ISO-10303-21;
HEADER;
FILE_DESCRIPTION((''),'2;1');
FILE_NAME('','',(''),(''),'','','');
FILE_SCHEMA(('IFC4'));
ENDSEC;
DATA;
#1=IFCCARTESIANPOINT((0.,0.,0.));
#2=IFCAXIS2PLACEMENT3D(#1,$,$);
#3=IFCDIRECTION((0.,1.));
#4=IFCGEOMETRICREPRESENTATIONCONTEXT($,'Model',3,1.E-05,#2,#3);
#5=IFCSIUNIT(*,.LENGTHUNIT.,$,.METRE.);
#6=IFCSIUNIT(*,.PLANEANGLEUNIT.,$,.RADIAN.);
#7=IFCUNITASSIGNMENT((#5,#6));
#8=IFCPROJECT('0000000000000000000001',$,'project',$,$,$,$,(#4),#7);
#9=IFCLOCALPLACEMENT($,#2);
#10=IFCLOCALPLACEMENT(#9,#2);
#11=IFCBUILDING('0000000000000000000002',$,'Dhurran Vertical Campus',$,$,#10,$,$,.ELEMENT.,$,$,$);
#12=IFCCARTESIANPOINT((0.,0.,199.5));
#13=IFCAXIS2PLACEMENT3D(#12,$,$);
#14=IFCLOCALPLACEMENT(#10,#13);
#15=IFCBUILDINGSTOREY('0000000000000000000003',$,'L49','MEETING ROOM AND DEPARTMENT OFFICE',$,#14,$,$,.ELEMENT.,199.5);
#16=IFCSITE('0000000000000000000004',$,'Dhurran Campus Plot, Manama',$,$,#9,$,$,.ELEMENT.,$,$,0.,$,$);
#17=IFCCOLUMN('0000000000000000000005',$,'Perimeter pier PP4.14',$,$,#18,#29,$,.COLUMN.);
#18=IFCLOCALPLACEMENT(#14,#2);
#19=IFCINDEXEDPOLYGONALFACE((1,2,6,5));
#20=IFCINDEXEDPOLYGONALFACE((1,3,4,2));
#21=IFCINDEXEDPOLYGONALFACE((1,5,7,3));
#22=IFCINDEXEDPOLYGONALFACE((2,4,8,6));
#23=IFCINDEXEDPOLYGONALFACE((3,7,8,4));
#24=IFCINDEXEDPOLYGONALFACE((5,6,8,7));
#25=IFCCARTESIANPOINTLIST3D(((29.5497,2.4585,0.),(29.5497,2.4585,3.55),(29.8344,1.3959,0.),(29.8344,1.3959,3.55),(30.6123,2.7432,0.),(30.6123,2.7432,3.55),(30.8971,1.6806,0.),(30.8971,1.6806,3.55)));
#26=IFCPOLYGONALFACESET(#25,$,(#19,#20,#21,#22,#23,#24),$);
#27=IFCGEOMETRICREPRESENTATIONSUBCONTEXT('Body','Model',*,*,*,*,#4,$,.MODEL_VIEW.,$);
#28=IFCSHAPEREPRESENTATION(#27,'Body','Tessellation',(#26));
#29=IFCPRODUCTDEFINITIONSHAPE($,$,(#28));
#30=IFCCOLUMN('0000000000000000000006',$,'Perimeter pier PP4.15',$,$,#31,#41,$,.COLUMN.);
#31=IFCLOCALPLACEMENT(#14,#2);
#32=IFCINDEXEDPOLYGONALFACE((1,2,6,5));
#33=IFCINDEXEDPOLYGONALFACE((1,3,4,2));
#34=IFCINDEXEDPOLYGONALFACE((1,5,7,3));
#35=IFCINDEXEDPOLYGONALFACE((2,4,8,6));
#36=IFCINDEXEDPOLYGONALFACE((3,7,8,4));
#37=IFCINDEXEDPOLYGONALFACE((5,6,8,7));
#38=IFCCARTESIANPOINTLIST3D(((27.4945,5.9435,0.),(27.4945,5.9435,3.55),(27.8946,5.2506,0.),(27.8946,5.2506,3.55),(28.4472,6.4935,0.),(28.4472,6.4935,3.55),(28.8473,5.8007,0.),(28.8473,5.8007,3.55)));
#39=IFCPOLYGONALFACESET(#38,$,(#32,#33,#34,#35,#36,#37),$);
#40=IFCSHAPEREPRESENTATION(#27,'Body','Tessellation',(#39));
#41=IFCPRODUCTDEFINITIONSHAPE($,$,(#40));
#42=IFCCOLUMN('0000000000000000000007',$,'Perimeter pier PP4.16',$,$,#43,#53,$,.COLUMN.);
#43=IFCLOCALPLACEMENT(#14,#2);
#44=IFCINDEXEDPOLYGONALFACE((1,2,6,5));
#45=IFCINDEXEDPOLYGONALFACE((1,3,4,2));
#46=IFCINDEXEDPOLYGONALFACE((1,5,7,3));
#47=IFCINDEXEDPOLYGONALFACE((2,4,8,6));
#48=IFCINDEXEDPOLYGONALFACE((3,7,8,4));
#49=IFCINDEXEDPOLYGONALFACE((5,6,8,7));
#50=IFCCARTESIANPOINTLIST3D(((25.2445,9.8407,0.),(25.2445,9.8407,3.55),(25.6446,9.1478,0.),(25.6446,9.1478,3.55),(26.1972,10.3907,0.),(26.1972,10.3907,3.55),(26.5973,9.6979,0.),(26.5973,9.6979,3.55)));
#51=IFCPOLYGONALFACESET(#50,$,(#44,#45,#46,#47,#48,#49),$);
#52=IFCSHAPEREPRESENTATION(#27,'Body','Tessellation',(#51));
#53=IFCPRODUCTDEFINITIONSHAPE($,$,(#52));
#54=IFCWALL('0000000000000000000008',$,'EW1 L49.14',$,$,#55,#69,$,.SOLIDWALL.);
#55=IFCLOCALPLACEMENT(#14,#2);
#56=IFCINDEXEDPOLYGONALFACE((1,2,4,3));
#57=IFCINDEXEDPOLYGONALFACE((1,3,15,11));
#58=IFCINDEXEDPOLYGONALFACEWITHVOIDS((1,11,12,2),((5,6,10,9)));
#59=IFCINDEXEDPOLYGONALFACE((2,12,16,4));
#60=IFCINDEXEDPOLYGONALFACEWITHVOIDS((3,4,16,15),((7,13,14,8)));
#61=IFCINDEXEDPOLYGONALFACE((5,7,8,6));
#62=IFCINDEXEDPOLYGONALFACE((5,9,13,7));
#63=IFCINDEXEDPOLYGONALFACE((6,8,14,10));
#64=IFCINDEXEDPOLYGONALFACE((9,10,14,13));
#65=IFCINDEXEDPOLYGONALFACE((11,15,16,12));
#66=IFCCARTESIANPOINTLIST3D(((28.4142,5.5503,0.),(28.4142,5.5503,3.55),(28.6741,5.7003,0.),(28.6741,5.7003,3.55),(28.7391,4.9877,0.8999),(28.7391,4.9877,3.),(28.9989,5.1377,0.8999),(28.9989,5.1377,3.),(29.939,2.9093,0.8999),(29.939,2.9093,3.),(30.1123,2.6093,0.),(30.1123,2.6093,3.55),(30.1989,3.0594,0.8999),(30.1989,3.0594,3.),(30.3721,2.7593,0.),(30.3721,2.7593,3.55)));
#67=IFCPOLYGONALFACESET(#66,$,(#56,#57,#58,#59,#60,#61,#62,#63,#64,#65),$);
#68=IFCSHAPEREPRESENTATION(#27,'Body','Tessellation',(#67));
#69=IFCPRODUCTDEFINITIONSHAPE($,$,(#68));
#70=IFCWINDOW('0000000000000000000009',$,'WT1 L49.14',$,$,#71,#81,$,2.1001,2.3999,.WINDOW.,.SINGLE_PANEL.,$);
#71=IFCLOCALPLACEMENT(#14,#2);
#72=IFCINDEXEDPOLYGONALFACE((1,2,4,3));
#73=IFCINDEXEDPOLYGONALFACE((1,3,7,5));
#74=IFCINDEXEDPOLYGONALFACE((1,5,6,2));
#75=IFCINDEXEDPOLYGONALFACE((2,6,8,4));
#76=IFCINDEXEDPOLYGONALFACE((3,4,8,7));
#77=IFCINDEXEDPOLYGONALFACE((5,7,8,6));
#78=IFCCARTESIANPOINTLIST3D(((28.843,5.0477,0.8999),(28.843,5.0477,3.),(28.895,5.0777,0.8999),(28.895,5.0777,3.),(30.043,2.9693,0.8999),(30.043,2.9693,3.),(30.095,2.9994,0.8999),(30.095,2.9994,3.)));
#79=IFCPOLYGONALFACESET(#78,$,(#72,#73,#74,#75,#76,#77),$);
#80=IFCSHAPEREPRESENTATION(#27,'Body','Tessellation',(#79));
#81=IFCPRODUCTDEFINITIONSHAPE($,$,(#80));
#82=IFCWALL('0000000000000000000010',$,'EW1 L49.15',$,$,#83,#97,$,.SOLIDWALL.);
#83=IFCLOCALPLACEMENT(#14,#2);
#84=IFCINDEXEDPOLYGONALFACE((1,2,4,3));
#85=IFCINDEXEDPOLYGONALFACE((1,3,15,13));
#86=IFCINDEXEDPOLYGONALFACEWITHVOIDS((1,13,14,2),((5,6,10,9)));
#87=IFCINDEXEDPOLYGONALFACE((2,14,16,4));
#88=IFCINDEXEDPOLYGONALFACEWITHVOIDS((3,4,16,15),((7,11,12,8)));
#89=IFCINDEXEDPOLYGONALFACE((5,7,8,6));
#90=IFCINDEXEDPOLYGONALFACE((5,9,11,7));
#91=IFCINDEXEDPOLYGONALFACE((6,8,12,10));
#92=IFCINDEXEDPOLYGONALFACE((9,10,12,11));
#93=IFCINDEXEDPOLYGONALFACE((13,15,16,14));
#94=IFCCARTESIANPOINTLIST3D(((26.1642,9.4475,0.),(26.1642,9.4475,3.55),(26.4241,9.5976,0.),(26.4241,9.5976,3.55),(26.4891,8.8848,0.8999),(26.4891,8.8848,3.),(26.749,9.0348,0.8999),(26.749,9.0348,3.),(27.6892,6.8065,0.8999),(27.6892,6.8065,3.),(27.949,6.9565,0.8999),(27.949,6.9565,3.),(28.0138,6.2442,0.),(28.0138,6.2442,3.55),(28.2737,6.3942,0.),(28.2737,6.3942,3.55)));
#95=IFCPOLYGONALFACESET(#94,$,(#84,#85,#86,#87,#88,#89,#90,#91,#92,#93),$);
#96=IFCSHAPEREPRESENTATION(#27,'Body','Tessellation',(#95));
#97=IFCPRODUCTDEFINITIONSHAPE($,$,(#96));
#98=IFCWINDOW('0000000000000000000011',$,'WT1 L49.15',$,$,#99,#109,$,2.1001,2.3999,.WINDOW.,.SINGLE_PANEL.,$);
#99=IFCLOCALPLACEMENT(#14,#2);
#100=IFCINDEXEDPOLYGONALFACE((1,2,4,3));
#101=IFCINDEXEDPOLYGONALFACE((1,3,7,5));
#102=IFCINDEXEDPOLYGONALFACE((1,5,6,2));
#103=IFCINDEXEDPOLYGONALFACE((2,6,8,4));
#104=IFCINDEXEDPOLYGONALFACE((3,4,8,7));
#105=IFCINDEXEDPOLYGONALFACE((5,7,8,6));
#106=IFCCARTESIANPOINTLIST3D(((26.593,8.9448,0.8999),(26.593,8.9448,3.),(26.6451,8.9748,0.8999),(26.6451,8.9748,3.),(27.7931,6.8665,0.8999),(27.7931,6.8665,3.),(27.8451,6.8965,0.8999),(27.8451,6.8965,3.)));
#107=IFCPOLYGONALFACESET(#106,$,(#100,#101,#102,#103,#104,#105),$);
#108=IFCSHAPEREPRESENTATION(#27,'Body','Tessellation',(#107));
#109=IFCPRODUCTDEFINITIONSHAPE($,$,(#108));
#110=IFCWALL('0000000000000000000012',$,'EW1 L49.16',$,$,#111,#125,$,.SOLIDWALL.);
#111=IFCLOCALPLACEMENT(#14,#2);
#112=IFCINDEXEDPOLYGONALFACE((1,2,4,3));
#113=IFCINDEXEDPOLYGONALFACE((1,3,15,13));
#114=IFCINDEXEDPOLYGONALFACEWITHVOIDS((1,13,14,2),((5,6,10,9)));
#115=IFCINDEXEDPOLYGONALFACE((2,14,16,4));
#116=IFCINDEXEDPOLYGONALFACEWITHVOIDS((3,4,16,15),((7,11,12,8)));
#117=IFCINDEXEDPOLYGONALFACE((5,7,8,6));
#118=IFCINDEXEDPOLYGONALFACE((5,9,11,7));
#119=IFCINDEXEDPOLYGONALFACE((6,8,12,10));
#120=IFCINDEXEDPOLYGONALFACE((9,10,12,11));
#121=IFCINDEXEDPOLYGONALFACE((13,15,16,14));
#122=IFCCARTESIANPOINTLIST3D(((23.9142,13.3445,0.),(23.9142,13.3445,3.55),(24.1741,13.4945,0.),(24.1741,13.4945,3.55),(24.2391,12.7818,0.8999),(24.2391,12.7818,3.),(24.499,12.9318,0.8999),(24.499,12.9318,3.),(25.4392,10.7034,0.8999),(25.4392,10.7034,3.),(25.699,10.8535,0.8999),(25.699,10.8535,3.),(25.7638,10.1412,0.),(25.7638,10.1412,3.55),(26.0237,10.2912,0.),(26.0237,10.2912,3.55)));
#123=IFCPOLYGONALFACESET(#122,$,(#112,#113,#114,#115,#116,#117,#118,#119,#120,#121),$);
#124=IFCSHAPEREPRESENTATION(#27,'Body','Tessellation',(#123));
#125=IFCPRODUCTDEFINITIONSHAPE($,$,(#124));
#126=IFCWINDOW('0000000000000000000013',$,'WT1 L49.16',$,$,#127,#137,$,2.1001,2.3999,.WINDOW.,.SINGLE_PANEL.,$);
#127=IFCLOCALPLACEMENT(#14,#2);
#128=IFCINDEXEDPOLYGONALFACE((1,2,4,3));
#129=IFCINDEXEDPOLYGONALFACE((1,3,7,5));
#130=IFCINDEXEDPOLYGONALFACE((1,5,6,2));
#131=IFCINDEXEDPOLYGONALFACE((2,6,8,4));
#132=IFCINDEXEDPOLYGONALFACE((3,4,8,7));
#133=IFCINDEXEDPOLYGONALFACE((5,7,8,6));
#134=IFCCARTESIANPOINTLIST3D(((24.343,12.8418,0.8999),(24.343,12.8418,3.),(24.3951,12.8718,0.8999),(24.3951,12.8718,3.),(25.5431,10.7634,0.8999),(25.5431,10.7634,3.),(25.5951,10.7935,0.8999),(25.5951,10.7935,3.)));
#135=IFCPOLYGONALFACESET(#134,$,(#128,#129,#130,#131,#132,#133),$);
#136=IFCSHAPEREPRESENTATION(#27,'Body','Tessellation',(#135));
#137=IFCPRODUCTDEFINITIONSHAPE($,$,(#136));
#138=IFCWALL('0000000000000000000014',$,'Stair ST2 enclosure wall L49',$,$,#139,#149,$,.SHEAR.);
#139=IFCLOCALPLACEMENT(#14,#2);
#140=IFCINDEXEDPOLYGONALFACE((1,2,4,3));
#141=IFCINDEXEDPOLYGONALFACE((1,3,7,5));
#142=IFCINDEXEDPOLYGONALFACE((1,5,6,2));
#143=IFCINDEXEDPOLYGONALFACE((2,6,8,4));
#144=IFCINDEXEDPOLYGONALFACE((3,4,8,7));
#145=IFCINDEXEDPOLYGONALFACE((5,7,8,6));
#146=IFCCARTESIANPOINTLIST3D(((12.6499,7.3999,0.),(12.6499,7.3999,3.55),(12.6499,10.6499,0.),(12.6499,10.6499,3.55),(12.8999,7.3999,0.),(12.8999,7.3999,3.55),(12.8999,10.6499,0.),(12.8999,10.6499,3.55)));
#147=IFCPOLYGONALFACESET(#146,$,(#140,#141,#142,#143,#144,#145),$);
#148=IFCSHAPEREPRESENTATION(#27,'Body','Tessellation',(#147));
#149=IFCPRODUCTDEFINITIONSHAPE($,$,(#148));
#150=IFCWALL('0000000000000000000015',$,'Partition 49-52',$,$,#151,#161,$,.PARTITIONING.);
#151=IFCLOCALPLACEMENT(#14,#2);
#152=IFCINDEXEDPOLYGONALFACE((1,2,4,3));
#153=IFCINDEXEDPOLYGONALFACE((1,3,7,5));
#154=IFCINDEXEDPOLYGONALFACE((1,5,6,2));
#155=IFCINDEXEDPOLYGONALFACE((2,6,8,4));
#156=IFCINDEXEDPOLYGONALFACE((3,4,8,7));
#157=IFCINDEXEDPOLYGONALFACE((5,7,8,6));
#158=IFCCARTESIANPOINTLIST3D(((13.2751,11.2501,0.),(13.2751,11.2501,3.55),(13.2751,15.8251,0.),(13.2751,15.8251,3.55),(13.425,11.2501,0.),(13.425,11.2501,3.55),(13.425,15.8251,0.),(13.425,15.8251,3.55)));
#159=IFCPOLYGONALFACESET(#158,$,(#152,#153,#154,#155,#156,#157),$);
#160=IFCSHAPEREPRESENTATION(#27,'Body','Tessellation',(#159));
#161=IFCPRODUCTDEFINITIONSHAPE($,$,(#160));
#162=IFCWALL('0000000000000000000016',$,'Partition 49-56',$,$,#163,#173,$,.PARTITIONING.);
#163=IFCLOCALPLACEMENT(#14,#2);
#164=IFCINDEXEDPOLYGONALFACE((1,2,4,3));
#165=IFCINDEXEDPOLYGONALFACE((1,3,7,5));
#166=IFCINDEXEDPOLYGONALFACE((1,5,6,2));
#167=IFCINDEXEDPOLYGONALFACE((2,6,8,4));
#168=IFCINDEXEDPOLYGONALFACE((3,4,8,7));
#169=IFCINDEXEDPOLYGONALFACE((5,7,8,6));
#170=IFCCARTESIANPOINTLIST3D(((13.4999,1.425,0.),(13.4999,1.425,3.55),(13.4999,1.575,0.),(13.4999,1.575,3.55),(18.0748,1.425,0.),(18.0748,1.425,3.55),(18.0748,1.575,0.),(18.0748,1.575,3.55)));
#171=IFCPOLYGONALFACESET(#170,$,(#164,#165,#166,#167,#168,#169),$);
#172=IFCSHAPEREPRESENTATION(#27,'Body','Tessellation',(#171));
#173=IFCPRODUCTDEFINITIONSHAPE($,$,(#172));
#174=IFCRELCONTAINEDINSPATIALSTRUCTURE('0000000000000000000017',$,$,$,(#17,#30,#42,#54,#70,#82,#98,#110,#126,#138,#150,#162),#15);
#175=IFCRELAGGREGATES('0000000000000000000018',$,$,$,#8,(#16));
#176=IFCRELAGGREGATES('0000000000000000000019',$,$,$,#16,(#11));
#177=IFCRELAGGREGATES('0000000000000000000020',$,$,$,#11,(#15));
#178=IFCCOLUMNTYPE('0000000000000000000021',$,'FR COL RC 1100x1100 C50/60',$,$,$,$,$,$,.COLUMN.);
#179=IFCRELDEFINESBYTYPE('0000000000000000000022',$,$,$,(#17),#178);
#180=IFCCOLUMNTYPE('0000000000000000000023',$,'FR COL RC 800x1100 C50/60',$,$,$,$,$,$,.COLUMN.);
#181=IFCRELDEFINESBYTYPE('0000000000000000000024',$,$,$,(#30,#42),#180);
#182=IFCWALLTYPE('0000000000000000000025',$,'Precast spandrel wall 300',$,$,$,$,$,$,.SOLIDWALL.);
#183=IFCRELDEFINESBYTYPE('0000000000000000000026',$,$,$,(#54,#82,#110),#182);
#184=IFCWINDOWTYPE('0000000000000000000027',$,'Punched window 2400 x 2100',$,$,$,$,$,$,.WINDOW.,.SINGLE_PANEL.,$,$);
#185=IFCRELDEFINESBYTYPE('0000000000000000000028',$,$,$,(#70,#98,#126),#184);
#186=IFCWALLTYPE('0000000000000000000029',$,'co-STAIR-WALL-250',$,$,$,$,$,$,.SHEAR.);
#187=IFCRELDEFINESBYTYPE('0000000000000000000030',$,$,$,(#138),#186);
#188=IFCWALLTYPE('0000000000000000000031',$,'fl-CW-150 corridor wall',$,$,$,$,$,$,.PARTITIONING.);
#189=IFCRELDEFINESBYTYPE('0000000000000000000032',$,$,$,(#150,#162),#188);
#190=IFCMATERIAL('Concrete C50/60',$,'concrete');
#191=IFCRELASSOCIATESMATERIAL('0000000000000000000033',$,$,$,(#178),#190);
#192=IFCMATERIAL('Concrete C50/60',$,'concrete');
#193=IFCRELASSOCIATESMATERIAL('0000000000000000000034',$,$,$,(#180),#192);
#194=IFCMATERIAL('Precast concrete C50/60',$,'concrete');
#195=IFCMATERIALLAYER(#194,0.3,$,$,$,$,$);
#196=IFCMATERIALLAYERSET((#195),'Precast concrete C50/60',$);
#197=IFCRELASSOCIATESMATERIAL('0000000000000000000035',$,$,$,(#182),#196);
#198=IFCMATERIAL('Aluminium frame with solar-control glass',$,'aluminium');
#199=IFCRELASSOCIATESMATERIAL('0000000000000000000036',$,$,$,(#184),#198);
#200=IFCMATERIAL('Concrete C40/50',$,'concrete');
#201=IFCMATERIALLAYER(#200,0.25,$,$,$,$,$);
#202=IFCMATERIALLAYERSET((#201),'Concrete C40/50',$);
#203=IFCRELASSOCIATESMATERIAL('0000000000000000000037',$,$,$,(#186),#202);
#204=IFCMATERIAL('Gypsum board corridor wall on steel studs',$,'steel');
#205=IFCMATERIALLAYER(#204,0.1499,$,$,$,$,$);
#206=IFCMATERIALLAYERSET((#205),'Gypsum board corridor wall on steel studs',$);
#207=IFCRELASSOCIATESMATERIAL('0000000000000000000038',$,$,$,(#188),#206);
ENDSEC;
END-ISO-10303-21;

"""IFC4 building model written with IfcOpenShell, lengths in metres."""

from ifc_helpers import new_model, si_unit, direction, frame, frame_2d, origin, origin_2d, place, context, subcontext, project, spatial, rectangle, extrude, material, layer, layer_set, material_profile, profile_set, type_object, element, fill, save


model = new_model("IFC4")

# Units and contexts
model_context = context("Model", 3, precision=1e-05, world=origin(), true_north=direction((0.0, 1.0)))
body_context = subcontext(model_context, "Body", "Model", "MODEL_VIEW")
ifc_project = project(units=[si_unit("LENGTHUNIT", "METRE"), si_unit("PLANEANGLEUNIT", "RADIAN")], contexts=[model_context])

# Site, building, storey
site_placement = place(None, origin())
site = spatial("IfcSite", under=ifc_project, at=site_placement, Name="Dhurran Campus Plot, Manama", CompositionType="ELEMENT", RefElevation=0.0)
building_placement = place(site_placement, origin())
building = spatial("IfcBuilding", under=site, at=building_placement, Name="Dhurran Vertical Campus", CompositionType="ELEMENT")
storey_placement = place(building_placement, frame((0.0, 0.0, 199.5)))
storey = spatial("IfcBuildingStorey", under=building, at=storey_placement, Name="L49", Description="MEETING ROOM AND DEPARTMENT OFFICE", CompositionType="ELEMENT", Elevation=199.5)

# Columns
ifc_material_1 = material(Name="Concrete C50/60", Category="concrete")
ifc_material_profile_1 = material_profile(ifc_material_1, rectangle(XDim=1.1001, YDim=1.1001, at=origin_2d()), Name="RC 1100x1100")
ifc_profile_set_1 = profile_set([ifc_material_profile_1], Name="Concrete C50/60")
column_type_1 = type_object("IfcColumnType", Name="FR COL RC 1100x1100 C50/60", PredefinedType="COLUMN", material=ifc_profile_set_1)
column_placement = place(storey_placement, frame((30.2234, 2.0696, 0.0), z_axis=(0.0, 0.0, 1.0), x_axis=(-0.258819, 0.965926, 0.0)))
element("IfcColumn", 1, at=column_placement, inside=storey, type_object=column_type_1, Name="Perimeter pier PP4.14", PredefinedType="COLUMN", context=body_context, shape_type="SweptSolid", body=[
    extrude(rectangle(XDim=1.1001, YDim=1.1001, at=origin_2d()), origin(), (0.0, 0.0, 1.0), 3.55),
])
ifc_material_2 = material(Name="Concrete C50/60", Category="concrete")
ifc_material_profile_2 = material_profile(ifc_material_2, rectangle(XDim=0.8, YDim=1.1001, at=origin_2d()), Name="RC 800x1100")
ifc_profile_set_2 = profile_set([ifc_material_profile_2], Name="Concrete C50/60")
column_type_2 = type_object("IfcColumnType", Name="FR COL RC 800x1100 C50/60", PredefinedType="COLUMN", material=ifc_profile_set_2)
for number, where, z_axis, x_axis, name in (
    (2, (28.1709, 5.8721, 0.0), (0.0, 0.0, 1.0), (-0.5, 0.866025, 0.0), "Perimeter pier PP4.15"),
    (3, (25.9209, 9.7693, 0.0), (0.0, 0.0, 1.0), (-0.5, 0.866025, 0.0), "Perimeter pier PP4.16"),
):
    element("IfcColumn", number, at=place(storey_placement, frame(where, z_axis=z_axis, x_axis=x_axis)), inside=storey, type_object=column_type_2, Name=name, PredefinedType="COLUMN", context=body_context, shape_type="SweptSolid", body=[
        extrude(rectangle(XDim=0.8, YDim=1.1001, at=origin_2d()), origin(), (0.0, 0.0, 1.0), 3.55),
    ])

# Walls, openings, windows
ifc_material_3 = material(Name="Precast concrete C50/60", Category="concrete")
ifc_layer_1 = layer(ifc_material_3, 0.3)
ifc_layer_set_1 = layer_set([ifc_layer_1], Name="Precast concrete C50/60")
wall_type_1 = type_object("IfcWallType", Name="Precast spandrel wall 300", PredefinedType="SOLIDWALL", material=ifc_layer_set_1)
wall_1_placement = place(storey_placement, frame((30.2422, 2.6843, 0.0), z_axis=(0.0, 0.0, 1.0), x_axis=(-0.500013, 0.866018, 0.0)))
wall_1 = element("IfcWall", 4, at=wall_1_placement, inside=storey, type_object=wall_type_1, Name="EW1 L49.14", PredefinedType="SOLIDWALL", context=body_context, shape_type="SweptSolid", body=[
    extrude(rectangle(XDim=3.396, YDim=0.3, at=frame_2d((1.698, 0.0))), origin(), (0.0, 0.0, 1.0), 3.55),
])
opening_1_placement = place(wall_1_placement, frame((0.3464, 0.0, 0.8999)))
opening_1 = element("IfcOpeningElement", 5, at=opening_1_placement, cuts=wall_1, PredefinedType="OPENING", context=body_context, shape_type="SweptSolid", body=[
    extrude(rectangle(XDim=2.3999, YDim=2.1001, at=frame_2d((1.2, 1.05))), frame((0.0, 0.1599, 0.0), z_axis=(0.0, -1.0, 0.0), x_axis=(1.0, 0.0, 0.0)), (0.0, 0.0, 1.0), 0.3201),
])
ifc_material_4 = material(Name="Aluminium frame with solar-control glass", Category="aluminium")
window_type = type_object("IfcWindowType", Name="Punched window 2400 x 2100", PartitioningType="SINGLE_PANEL", PredefinedType="WINDOW", material=ifc_material_4)
window_1_placement = place(opening_1_placement, origin())
window_1 = element("IfcWindow", 6, at=window_1_placement, inside=storey, type_object=window_type, Name="WT1 L49.14", OverallHeight=2.1001, OverallWidth=2.3999, PartitioningType="SINGLE_PANEL", PredefinedType="WINDOW", context=body_context, shape_type="SweptSolid", body=[
    extrude(rectangle(XDim=2.3999, YDim=2.1001, at=frame_2d((1.2, 1.05))), frame((0.0, 0.03, 0.0), z_axis=(0.0, -1.0, 0.0), x_axis=(1.0, 0.0, 0.0)), (0.0, 0.0, 1.0), 0.0601),
])
fill(opening_1, window_1)
wall_2_placement = place(storey_placement, frame((28.1438, 6.3191, 0.0), z_axis=(0.0, 0.0, 1.0), x_axis=(-0.500029, 0.866009, 0.0)))
wall_2 = element("IfcWall", 7, at=wall_2_placement, inside=storey, type_object=wall_type_1, Name="EW1 L49.15", PredefinedType="SOLIDWALL", context=body_context, shape_type="SweptSolid", body=[
    extrude(rectangle(XDim=3.699, YDim=0.3, at=frame_2d((1.8496, 0.0))), origin(), (0.0, 0.0, 1.0), 3.55),
])
opening_2_placement = place(wall_2_placement, frame((0.6494, 0.0, 0.8999)))
opening_2 = element("IfcOpeningElement", 8, at=opening_2_placement, cuts=wall_2, PredefinedType="OPENING", context=body_context, shape_type="SweptSolid", body=[
    extrude(rectangle(XDim=2.3999, YDim=2.1001, at=frame_2d((1.2, 1.05))), frame((0.0, 0.1599, 0.0), z_axis=(0.0, -1.0, 0.0), x_axis=(1.0, 0.0, 0.0)), (0.0, 0.0, 1.0), 0.3201),
])
window_2_placement = place(opening_2_placement, origin())
window_2 = element("IfcWindow", 9, at=window_2_placement, inside=storey, type_object=window_type, Name="WT1 L49.15", OverallHeight=2.1001, OverallWidth=2.3999, PartitioningType="SINGLE_PANEL", PredefinedType="WINDOW", context=body_context, shape_type="SweptSolid", body=[
    extrude(rectangle(XDim=2.3999, YDim=2.1001, at=frame_2d((1.2, 1.05))), frame((0.0, 0.03, 0.0), z_axis=(0.0, -1.0, 0.0), x_axis=(1.0, 0.0, 0.0)), (0.0, 0.0, 1.0), 0.0601),
])
fill(opening_2, window_2)
wall_3_placement = place(storey_placement, frame((25.8938, 10.2161, 0.0), z_axis=(0.0, 0.0, 1.0), x_axis=(-0.500029, 0.866009, 0.0)))
wall_3 = element("IfcWall", 10, at=wall_3_placement, inside=storey, type_object=wall_type_1, Name="EW1 L49.16", PredefinedType="SOLIDWALL", context=body_context, shape_type="SweptSolid", body=[
    extrude(rectangle(XDim=3.699, YDim=0.3, at=frame_2d((1.8496, 0.0))), origin(), (0.0, 0.0, 1.0), 3.55),
])
opening_3_placement = place(wall_3_placement, frame((0.6494, 0.0, 0.8999)))
opening_3 = element("IfcOpeningElement", 11, at=opening_3_placement, cuts=wall_3, PredefinedType="OPENING", context=body_context, shape_type="SweptSolid", body=[
    extrude(rectangle(XDim=2.3999, YDim=2.1001, at=frame_2d((1.2, 1.05))), frame((0.0, 0.1599, 0.0), z_axis=(0.0, -1.0, 0.0), x_axis=(1.0, 0.0, 0.0)), (0.0, 0.0, 1.0), 0.3201),
])
window_3_placement = place(opening_3_placement, origin())
window_3 = element("IfcWindow", 12, at=window_3_placement, inside=storey, type_object=window_type, Name="WT1 L49.16", OverallHeight=2.1001, OverallWidth=2.3999, PartitioningType="SINGLE_PANEL", PredefinedType="WINDOW", context=body_context, shape_type="SweptSolid", body=[
    extrude(rectangle(XDim=2.3999, YDim=2.1001, at=frame_2d((1.2, 1.05))), frame((0.0, 0.03, 0.0), z_axis=(0.0, -1.0, 0.0), x_axis=(1.0, 0.0, 0.0)), (0.0, 0.0, 1.0), 0.0601),
])
fill(opening_3, window_3)

# Walls
ifc_material_5 = material(Name="Concrete C40/50", Category="concrete")
ifc_layer_2 = layer(ifc_material_5, 0.25)
ifc_layer_set_2 = layer_set([ifc_layer_2], Name="Concrete C40/50")
wall_type_2 = type_object("IfcWallType", Name="co-STAIR-WALL-250", PredefinedType="SHEAR", material=ifc_layer_set_2)
wall_4_placement = place(storey_placement, frame((12.7749, 7.3999, 0.0), z_axis=(0.0, 0.0, 1.0), x_axis=(0.0, 1.0, 0.0)))
element("IfcWall", 13, at=wall_4_placement, inside=storey, type_object=wall_type_2, Name="Stair ST2 enclosure wall L49", PredefinedType="SHEAR", context=body_context, shape_type="SweptSolid", body=[
    extrude(rectangle(XDim=3.25, YDim=0.25, at=frame_2d((1.625, 0.0))), origin(), (0.0, 0.0, 1.0), 3.55),
])
ifc_material_6 = material(Name="Gypsum board corridor wall on steel studs", Category="steel")
ifc_layer_3 = layer(ifc_material_6, 0.1499)
ifc_layer_set_3 = layer_set([ifc_layer_3], Name="Gypsum board corridor wall on steel studs")
wall_type_3 = type_object("IfcWallType", Name="fl-CW-150 corridor wall", PredefinedType="PARTITIONING", material=ifc_layer_set_3)
for number, where, z_axis, x_axis, name in (
    (14, (13.3501, 11.25, 0.0), (0.0, 0.0, 1.0), (0.0, 1.0, 0.0), "Partition 49-52"),
    (15, (18.075, 1.5, 0.0), (0.0, 0.0, 1.0), (-1.0, 0.0, 0.0), "Partition 49-56"),
):
    element("IfcWall", number, at=place(storey_placement, frame(where, z_axis=z_axis, x_axis=x_axis)), inside=storey, type_object=wall_type_3, Name=name, PredefinedType="PARTITIONING", context=body_context, shape_type="SweptSolid", body=[
        extrude(rectangle(XDim=4.575, YDim=0.1499, at=frame_2d((2.2876, 0.0))), origin(), (0.0, 0.0, 1.0), 3.55),
    ])

save(model, "model.ifc")
